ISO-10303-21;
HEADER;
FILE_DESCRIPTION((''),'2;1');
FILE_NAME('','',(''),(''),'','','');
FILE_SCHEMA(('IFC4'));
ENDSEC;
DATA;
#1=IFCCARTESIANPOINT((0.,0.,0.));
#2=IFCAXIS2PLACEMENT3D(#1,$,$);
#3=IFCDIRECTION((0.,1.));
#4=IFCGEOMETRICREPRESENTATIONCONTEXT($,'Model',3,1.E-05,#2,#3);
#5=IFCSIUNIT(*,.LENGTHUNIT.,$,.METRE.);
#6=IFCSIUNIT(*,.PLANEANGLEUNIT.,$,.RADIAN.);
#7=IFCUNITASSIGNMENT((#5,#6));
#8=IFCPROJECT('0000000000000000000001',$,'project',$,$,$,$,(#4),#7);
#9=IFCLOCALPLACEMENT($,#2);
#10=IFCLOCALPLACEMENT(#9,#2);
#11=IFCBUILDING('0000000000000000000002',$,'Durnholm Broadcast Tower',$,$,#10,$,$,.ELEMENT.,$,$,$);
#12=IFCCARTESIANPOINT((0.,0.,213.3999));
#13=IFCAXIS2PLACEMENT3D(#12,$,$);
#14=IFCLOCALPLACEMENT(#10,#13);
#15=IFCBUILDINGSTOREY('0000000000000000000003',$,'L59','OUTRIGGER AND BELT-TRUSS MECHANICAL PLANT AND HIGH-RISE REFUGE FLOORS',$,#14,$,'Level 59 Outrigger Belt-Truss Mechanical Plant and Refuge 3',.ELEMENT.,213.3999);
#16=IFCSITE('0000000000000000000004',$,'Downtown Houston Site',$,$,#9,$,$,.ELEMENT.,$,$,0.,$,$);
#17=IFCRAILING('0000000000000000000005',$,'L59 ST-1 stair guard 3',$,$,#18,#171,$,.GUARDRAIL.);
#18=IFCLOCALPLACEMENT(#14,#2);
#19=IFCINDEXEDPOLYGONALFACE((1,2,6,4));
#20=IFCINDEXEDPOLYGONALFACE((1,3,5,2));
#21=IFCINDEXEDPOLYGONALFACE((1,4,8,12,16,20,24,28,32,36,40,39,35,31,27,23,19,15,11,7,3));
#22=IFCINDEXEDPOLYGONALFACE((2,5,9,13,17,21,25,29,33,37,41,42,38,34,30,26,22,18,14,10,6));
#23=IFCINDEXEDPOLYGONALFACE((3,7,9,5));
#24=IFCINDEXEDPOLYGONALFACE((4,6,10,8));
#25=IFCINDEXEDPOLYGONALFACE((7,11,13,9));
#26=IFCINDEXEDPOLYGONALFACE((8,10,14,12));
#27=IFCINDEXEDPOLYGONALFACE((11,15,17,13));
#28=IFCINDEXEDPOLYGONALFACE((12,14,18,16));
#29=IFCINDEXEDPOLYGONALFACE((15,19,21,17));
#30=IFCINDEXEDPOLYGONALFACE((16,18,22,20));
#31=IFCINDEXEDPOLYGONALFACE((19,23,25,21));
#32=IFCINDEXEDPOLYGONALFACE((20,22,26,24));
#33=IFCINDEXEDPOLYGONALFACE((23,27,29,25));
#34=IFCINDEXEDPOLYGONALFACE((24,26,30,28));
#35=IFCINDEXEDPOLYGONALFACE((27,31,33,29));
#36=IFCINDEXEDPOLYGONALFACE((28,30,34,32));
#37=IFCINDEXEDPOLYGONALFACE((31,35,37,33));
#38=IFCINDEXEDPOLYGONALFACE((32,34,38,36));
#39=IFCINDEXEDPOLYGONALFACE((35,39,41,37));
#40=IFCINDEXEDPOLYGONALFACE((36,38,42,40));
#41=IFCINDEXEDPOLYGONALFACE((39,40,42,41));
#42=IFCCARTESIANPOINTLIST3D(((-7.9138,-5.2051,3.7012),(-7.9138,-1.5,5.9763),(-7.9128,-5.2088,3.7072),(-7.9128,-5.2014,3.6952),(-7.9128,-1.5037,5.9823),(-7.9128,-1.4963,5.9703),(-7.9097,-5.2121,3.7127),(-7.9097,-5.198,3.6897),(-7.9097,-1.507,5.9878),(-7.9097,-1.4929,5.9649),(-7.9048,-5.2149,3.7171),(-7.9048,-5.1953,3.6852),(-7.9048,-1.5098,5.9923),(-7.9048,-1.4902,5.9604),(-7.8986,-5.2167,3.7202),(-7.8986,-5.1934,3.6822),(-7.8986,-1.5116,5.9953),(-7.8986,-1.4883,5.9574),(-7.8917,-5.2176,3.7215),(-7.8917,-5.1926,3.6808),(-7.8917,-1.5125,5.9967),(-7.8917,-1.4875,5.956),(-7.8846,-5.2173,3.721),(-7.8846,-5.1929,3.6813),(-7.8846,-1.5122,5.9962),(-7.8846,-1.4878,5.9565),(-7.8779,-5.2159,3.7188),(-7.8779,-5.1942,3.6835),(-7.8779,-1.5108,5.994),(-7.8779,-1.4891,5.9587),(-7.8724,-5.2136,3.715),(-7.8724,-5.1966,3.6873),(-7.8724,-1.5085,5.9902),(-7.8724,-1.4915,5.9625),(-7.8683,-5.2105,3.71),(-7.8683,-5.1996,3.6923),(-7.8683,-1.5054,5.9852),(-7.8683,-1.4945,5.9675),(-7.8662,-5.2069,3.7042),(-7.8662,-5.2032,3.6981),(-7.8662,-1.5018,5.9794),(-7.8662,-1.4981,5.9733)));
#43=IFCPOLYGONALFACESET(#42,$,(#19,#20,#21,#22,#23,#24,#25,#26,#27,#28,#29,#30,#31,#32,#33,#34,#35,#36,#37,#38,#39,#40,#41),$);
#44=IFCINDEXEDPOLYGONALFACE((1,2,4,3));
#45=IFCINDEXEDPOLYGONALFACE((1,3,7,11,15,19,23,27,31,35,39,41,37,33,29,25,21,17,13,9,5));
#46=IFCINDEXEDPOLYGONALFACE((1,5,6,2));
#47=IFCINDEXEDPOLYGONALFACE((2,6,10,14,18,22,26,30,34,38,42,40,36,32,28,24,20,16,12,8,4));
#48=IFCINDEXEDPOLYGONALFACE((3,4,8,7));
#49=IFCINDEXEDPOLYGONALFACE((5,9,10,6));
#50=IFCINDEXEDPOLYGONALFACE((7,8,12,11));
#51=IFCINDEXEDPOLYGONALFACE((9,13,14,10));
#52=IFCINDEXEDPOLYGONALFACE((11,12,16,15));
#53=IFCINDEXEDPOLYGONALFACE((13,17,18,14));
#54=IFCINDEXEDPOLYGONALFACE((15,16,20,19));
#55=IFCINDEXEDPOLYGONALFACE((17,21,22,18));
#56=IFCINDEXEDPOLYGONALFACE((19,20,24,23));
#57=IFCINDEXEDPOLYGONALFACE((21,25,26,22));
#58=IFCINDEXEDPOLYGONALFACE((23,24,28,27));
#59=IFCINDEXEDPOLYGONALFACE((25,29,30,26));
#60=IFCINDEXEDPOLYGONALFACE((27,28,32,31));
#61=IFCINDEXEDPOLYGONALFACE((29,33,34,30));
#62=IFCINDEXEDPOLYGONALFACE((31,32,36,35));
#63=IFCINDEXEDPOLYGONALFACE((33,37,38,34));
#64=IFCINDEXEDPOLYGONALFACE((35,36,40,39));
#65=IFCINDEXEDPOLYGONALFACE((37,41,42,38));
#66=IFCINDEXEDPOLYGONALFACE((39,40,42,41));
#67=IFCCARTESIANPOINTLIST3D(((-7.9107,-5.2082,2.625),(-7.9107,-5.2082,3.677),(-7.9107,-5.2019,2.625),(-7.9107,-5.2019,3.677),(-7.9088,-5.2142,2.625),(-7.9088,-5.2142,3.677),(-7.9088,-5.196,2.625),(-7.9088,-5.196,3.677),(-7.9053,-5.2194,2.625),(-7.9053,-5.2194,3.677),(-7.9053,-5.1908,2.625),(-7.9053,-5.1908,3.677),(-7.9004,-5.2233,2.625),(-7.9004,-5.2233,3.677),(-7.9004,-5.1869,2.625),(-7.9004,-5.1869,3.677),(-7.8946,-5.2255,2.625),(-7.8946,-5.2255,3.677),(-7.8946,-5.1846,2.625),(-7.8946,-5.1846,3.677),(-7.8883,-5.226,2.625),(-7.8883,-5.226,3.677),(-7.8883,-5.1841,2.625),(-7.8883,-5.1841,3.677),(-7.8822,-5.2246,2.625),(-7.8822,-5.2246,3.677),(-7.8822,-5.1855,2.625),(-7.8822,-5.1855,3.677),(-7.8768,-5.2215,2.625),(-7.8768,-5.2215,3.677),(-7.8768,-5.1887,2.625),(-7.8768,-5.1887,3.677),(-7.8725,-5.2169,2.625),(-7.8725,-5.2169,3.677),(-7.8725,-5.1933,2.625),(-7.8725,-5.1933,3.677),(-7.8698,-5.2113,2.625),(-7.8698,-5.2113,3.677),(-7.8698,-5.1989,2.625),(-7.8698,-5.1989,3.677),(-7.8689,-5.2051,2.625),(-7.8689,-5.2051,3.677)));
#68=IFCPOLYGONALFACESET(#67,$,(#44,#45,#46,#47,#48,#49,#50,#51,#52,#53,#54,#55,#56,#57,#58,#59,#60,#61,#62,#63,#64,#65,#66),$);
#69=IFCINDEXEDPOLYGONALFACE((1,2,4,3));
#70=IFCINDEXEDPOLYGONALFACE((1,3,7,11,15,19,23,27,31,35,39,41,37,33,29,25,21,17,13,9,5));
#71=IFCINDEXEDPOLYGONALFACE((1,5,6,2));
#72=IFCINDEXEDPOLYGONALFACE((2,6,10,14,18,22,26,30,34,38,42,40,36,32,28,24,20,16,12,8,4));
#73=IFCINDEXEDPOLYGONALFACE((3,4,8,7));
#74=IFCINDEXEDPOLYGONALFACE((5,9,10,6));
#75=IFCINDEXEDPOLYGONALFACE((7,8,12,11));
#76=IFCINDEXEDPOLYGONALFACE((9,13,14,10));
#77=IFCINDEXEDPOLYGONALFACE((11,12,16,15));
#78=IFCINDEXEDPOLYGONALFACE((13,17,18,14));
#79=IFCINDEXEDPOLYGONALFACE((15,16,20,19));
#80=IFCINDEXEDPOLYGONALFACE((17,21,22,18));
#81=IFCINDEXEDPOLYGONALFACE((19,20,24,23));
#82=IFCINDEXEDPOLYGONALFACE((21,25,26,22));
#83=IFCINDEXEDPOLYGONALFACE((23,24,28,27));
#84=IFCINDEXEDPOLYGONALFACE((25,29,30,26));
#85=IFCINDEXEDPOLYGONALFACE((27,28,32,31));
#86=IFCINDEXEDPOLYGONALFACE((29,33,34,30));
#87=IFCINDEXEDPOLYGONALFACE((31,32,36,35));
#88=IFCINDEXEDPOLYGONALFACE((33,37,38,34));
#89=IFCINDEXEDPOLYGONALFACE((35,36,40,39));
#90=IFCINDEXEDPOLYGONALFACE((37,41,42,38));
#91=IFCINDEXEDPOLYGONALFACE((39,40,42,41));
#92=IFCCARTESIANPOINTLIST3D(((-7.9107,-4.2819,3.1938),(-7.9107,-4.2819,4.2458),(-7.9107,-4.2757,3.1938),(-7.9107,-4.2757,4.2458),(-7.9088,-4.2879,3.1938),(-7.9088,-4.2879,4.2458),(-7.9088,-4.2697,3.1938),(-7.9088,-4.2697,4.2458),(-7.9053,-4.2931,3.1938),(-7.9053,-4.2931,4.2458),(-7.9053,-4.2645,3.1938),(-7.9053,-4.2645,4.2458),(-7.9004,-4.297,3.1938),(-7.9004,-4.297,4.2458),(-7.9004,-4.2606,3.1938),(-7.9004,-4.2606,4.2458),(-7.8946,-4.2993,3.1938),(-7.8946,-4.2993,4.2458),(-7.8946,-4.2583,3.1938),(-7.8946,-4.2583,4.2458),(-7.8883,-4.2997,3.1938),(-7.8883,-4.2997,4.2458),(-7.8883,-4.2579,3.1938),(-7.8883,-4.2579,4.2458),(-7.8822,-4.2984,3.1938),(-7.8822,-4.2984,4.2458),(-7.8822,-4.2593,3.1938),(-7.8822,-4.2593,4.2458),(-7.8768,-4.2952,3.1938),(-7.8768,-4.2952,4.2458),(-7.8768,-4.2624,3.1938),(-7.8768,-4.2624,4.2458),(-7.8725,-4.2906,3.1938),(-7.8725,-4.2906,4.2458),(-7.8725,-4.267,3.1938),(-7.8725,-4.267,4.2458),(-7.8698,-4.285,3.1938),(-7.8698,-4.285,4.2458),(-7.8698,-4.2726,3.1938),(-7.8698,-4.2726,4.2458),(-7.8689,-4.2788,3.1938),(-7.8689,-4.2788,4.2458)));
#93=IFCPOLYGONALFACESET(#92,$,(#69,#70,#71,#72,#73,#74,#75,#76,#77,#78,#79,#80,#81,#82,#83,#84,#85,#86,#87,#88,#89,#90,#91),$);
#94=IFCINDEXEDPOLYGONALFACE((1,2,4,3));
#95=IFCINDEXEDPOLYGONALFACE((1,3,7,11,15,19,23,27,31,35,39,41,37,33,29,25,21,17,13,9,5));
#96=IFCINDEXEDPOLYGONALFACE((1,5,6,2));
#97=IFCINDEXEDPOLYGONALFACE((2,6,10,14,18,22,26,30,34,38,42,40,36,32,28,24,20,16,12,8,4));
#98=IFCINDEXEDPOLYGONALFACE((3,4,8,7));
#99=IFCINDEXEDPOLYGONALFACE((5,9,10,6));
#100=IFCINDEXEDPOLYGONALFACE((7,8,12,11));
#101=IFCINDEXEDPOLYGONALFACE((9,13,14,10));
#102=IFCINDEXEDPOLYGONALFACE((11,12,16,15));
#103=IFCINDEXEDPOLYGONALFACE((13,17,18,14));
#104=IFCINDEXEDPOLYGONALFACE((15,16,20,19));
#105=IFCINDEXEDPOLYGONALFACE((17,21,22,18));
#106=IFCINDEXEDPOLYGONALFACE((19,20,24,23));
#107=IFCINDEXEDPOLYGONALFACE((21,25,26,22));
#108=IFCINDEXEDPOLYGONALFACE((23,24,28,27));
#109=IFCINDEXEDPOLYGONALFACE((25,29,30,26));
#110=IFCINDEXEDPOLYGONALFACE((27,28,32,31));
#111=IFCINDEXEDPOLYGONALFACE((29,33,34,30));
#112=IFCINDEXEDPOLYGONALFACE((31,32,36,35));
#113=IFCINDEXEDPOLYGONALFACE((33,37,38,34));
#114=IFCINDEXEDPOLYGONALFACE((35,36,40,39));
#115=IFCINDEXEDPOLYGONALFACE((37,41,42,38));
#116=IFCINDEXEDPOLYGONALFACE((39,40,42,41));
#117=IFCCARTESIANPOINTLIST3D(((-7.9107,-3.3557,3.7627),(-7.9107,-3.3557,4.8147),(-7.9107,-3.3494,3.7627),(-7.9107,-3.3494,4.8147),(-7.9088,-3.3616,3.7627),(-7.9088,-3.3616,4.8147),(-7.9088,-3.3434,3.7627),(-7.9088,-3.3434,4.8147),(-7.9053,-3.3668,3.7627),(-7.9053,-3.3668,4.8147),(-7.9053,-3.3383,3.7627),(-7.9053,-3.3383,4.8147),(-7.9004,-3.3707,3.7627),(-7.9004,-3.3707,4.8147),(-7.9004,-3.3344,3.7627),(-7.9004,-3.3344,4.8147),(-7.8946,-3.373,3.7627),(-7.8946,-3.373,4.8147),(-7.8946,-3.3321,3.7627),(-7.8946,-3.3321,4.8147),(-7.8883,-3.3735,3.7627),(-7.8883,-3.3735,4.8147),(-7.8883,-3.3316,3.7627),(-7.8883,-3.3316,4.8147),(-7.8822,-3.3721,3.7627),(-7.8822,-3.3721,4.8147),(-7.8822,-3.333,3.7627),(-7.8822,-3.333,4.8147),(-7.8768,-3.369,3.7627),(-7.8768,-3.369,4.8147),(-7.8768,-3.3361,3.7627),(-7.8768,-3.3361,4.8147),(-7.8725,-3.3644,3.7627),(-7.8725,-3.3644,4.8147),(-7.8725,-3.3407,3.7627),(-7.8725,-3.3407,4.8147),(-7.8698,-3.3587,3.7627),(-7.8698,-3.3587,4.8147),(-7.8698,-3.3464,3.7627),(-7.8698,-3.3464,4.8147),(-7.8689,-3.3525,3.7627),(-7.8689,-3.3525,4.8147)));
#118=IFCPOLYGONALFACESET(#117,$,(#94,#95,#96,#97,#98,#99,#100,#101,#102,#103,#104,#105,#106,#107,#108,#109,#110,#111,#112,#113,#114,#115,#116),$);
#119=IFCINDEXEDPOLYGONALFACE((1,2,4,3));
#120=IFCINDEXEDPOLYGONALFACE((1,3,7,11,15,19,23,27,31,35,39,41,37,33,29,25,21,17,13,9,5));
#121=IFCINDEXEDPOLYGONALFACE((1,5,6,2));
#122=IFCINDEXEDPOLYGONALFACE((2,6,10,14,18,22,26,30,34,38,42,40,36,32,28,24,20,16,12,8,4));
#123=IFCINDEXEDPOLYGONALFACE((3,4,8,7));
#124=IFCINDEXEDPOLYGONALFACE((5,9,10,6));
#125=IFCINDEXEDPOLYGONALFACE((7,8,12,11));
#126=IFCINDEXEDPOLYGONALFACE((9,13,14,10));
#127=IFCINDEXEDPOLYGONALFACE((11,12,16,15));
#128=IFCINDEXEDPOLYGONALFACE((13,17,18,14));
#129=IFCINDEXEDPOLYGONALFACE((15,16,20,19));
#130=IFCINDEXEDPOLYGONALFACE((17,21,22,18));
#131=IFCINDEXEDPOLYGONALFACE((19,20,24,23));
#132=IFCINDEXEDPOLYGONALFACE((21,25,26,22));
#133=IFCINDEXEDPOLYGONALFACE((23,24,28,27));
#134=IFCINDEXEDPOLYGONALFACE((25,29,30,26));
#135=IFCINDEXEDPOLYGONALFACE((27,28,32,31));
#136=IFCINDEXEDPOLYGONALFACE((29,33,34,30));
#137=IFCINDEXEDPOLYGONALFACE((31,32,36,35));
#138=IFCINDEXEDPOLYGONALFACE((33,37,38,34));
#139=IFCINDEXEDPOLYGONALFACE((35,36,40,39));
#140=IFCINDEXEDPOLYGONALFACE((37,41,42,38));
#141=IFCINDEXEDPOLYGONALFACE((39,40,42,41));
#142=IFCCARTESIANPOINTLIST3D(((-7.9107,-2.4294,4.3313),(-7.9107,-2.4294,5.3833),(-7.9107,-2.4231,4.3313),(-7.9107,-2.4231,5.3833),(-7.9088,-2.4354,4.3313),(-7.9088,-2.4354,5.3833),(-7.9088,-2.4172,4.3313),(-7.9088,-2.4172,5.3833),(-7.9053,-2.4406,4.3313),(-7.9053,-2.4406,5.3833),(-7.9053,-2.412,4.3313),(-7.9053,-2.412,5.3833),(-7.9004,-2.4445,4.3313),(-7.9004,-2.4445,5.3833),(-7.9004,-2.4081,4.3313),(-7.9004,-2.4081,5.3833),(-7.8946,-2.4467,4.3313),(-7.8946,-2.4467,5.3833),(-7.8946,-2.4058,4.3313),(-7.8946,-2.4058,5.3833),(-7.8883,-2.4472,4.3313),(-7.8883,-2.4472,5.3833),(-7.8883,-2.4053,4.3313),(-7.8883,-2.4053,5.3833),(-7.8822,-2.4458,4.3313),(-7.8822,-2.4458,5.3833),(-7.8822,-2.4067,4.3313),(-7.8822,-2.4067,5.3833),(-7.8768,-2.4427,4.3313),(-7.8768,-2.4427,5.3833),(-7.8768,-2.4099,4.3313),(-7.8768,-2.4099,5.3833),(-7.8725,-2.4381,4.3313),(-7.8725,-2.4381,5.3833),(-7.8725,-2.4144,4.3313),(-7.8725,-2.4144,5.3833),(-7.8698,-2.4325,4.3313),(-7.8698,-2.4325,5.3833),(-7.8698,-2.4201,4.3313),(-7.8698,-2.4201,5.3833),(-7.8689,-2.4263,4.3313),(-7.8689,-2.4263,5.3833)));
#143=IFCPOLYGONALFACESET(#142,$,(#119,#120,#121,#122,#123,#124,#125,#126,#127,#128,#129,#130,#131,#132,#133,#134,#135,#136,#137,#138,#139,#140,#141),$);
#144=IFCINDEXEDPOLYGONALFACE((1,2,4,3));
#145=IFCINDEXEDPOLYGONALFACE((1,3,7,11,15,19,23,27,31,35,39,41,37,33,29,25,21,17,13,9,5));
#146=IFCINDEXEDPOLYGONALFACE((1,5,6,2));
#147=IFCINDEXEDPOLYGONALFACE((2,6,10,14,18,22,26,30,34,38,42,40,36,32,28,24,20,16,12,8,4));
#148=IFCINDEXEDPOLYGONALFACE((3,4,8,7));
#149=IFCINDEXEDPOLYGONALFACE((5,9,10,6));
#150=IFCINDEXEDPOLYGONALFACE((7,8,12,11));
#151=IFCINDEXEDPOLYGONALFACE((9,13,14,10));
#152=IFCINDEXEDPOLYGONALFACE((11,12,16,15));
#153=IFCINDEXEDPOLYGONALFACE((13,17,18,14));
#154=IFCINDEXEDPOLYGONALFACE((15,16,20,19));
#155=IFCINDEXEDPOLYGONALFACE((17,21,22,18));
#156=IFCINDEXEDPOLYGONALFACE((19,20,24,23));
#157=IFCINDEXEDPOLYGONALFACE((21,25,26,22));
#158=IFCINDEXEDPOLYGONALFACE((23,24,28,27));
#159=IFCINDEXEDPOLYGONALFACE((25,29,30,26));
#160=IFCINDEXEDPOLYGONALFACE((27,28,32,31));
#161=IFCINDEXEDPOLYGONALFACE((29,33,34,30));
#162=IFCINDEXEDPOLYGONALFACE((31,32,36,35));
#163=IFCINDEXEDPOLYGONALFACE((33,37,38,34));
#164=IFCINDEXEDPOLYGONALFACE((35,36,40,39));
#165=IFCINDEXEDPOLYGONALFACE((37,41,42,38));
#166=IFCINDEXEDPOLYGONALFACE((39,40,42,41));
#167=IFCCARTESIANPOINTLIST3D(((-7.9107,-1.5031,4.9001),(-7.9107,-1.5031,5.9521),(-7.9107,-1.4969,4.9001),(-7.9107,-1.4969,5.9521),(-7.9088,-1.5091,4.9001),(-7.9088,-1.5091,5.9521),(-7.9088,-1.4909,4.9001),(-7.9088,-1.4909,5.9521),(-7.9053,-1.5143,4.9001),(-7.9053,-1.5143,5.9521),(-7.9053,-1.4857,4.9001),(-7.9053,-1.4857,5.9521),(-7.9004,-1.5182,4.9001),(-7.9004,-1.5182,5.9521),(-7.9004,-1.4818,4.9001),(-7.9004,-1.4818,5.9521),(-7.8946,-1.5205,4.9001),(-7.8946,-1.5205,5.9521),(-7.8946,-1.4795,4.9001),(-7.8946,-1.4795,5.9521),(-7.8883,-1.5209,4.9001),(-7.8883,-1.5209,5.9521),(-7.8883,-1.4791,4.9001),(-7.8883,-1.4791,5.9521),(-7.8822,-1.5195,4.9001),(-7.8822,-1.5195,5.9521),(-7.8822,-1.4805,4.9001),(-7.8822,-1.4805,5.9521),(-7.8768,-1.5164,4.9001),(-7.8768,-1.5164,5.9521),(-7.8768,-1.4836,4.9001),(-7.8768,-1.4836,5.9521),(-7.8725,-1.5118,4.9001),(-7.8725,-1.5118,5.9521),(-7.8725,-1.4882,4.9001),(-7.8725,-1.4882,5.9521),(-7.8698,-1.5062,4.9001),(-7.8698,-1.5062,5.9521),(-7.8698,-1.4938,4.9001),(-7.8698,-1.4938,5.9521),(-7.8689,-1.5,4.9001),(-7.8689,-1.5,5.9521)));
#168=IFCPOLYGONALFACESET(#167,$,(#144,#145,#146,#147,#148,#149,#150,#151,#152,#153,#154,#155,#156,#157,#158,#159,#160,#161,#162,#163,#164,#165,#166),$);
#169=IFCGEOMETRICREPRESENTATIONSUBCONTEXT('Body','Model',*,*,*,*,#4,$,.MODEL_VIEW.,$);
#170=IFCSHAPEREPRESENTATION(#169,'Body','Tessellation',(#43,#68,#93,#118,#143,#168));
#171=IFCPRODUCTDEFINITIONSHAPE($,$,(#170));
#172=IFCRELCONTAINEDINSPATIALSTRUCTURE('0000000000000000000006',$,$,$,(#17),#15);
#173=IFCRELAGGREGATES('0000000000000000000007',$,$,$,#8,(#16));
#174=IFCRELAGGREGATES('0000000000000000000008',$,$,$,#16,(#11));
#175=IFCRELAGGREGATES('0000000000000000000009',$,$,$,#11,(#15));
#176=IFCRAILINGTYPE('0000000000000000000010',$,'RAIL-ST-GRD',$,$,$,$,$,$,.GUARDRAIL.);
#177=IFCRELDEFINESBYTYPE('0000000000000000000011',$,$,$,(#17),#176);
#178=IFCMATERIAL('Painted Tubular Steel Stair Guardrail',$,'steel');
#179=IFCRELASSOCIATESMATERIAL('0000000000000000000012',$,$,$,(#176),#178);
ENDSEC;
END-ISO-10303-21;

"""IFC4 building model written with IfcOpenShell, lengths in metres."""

from ifc_helpers import new_model, si_unit, direction, frame, origin, origin_2d, place, context, subcontext, project, spatial, circle, extrude, material, type_object, element, save


model = new_model("IFC4")

# Units and contexts
model_context = context("Model", 3, precision=1e-05, world=origin(), true_north=direction((0.0, 1.0)))
body_context = subcontext(model_context, "Body", "Model", "MODEL_VIEW")
ifc_project = project(units=[si_unit("LENGTHUNIT", "METRE"), si_unit("PLANEANGLEUNIT", "RADIAN")], contexts=[model_context])

# Site, building, storey
site_placement = place(None, origin())
site = spatial("IfcSite", under=ifc_project, at=site_placement, Name="Downtown Houston Site", CompositionType="ELEMENT", RefElevation=0.0)
building_placement = place(site_placement, origin())
building = spatial("IfcBuilding", under=site, at=building_placement, Name="Durnholm Broadcast Tower", CompositionType="ELEMENT")
storey_placement = place(building_placement, frame((0.0, 0.0, 213.3999)))
storey = spatial("IfcBuildingStorey", under=building, at=storey_placement, Name="L59", Description="OUTRIGGER AND BELT-TRUSS MECHANICAL PLANT AND HIGH-RISE REFUGE FLOORS", LongName="Level 59 Outrigger Belt-Truss Mechanical Plant and Refuge 3", CompositionType="ELEMENT", Elevation=213.3999)

# Railing
ifc_material_1 = material(Name="Painted Tubular Steel Stair Guardrail", Category="steel")
railing_type_1 = type_object("IfcRailingType", Name="RAIL-ST-GRD", PredefinedType="GUARDRAIL", material=ifc_material_1)
railing_1_placement = place(storey_placement, frame((-7.8899, -5.2051, 2.625)))
element("IfcRailing", 1, at=railing_1_placement, inside=storey, type_object=railing_type_1, Name="L59 ST-1 stair guard 3", PredefinedType="GUARDRAIL", context=body_context, shape_type="SweptSolid", body=[
    extrude(circle(Radius=0.0239, at=origin_2d()), frame((0.0, 0.0, 1.0762), z_axis=(0.0, 0.852161, 0.523279), x_axis=(-1.0, 0.0, 0.0)), (0.0, 0.0, 1.0), 4.3479),
    extrude(circle(Radius=0.021, at=origin_2d()), origin(), (0.0, 0.0, 1.0), 1.052),
    extrude(circle(Radius=0.021, at=origin_2d()), frame((0.0, 0.9263, 0.5688)), (0.0, 0.0, 1.0), 1.052),
    extrude(circle(Radius=0.021, at=origin_2d()), frame((0.0, 1.8525, 1.1377)), (0.0, 0.0, 1.0), 1.052),
    extrude(circle(Radius=0.021, at=origin_2d()), frame((0.0, 2.7788, 1.7063)), (0.0, 0.0, 1.0), 1.052),
    extrude(circle(Radius=0.021, at=origin_2d()), frame((0.0, 3.7051, 2.2751)), (0.0, 0.0, 1.0), 1.052),
])

save(model, "model.ifc")
